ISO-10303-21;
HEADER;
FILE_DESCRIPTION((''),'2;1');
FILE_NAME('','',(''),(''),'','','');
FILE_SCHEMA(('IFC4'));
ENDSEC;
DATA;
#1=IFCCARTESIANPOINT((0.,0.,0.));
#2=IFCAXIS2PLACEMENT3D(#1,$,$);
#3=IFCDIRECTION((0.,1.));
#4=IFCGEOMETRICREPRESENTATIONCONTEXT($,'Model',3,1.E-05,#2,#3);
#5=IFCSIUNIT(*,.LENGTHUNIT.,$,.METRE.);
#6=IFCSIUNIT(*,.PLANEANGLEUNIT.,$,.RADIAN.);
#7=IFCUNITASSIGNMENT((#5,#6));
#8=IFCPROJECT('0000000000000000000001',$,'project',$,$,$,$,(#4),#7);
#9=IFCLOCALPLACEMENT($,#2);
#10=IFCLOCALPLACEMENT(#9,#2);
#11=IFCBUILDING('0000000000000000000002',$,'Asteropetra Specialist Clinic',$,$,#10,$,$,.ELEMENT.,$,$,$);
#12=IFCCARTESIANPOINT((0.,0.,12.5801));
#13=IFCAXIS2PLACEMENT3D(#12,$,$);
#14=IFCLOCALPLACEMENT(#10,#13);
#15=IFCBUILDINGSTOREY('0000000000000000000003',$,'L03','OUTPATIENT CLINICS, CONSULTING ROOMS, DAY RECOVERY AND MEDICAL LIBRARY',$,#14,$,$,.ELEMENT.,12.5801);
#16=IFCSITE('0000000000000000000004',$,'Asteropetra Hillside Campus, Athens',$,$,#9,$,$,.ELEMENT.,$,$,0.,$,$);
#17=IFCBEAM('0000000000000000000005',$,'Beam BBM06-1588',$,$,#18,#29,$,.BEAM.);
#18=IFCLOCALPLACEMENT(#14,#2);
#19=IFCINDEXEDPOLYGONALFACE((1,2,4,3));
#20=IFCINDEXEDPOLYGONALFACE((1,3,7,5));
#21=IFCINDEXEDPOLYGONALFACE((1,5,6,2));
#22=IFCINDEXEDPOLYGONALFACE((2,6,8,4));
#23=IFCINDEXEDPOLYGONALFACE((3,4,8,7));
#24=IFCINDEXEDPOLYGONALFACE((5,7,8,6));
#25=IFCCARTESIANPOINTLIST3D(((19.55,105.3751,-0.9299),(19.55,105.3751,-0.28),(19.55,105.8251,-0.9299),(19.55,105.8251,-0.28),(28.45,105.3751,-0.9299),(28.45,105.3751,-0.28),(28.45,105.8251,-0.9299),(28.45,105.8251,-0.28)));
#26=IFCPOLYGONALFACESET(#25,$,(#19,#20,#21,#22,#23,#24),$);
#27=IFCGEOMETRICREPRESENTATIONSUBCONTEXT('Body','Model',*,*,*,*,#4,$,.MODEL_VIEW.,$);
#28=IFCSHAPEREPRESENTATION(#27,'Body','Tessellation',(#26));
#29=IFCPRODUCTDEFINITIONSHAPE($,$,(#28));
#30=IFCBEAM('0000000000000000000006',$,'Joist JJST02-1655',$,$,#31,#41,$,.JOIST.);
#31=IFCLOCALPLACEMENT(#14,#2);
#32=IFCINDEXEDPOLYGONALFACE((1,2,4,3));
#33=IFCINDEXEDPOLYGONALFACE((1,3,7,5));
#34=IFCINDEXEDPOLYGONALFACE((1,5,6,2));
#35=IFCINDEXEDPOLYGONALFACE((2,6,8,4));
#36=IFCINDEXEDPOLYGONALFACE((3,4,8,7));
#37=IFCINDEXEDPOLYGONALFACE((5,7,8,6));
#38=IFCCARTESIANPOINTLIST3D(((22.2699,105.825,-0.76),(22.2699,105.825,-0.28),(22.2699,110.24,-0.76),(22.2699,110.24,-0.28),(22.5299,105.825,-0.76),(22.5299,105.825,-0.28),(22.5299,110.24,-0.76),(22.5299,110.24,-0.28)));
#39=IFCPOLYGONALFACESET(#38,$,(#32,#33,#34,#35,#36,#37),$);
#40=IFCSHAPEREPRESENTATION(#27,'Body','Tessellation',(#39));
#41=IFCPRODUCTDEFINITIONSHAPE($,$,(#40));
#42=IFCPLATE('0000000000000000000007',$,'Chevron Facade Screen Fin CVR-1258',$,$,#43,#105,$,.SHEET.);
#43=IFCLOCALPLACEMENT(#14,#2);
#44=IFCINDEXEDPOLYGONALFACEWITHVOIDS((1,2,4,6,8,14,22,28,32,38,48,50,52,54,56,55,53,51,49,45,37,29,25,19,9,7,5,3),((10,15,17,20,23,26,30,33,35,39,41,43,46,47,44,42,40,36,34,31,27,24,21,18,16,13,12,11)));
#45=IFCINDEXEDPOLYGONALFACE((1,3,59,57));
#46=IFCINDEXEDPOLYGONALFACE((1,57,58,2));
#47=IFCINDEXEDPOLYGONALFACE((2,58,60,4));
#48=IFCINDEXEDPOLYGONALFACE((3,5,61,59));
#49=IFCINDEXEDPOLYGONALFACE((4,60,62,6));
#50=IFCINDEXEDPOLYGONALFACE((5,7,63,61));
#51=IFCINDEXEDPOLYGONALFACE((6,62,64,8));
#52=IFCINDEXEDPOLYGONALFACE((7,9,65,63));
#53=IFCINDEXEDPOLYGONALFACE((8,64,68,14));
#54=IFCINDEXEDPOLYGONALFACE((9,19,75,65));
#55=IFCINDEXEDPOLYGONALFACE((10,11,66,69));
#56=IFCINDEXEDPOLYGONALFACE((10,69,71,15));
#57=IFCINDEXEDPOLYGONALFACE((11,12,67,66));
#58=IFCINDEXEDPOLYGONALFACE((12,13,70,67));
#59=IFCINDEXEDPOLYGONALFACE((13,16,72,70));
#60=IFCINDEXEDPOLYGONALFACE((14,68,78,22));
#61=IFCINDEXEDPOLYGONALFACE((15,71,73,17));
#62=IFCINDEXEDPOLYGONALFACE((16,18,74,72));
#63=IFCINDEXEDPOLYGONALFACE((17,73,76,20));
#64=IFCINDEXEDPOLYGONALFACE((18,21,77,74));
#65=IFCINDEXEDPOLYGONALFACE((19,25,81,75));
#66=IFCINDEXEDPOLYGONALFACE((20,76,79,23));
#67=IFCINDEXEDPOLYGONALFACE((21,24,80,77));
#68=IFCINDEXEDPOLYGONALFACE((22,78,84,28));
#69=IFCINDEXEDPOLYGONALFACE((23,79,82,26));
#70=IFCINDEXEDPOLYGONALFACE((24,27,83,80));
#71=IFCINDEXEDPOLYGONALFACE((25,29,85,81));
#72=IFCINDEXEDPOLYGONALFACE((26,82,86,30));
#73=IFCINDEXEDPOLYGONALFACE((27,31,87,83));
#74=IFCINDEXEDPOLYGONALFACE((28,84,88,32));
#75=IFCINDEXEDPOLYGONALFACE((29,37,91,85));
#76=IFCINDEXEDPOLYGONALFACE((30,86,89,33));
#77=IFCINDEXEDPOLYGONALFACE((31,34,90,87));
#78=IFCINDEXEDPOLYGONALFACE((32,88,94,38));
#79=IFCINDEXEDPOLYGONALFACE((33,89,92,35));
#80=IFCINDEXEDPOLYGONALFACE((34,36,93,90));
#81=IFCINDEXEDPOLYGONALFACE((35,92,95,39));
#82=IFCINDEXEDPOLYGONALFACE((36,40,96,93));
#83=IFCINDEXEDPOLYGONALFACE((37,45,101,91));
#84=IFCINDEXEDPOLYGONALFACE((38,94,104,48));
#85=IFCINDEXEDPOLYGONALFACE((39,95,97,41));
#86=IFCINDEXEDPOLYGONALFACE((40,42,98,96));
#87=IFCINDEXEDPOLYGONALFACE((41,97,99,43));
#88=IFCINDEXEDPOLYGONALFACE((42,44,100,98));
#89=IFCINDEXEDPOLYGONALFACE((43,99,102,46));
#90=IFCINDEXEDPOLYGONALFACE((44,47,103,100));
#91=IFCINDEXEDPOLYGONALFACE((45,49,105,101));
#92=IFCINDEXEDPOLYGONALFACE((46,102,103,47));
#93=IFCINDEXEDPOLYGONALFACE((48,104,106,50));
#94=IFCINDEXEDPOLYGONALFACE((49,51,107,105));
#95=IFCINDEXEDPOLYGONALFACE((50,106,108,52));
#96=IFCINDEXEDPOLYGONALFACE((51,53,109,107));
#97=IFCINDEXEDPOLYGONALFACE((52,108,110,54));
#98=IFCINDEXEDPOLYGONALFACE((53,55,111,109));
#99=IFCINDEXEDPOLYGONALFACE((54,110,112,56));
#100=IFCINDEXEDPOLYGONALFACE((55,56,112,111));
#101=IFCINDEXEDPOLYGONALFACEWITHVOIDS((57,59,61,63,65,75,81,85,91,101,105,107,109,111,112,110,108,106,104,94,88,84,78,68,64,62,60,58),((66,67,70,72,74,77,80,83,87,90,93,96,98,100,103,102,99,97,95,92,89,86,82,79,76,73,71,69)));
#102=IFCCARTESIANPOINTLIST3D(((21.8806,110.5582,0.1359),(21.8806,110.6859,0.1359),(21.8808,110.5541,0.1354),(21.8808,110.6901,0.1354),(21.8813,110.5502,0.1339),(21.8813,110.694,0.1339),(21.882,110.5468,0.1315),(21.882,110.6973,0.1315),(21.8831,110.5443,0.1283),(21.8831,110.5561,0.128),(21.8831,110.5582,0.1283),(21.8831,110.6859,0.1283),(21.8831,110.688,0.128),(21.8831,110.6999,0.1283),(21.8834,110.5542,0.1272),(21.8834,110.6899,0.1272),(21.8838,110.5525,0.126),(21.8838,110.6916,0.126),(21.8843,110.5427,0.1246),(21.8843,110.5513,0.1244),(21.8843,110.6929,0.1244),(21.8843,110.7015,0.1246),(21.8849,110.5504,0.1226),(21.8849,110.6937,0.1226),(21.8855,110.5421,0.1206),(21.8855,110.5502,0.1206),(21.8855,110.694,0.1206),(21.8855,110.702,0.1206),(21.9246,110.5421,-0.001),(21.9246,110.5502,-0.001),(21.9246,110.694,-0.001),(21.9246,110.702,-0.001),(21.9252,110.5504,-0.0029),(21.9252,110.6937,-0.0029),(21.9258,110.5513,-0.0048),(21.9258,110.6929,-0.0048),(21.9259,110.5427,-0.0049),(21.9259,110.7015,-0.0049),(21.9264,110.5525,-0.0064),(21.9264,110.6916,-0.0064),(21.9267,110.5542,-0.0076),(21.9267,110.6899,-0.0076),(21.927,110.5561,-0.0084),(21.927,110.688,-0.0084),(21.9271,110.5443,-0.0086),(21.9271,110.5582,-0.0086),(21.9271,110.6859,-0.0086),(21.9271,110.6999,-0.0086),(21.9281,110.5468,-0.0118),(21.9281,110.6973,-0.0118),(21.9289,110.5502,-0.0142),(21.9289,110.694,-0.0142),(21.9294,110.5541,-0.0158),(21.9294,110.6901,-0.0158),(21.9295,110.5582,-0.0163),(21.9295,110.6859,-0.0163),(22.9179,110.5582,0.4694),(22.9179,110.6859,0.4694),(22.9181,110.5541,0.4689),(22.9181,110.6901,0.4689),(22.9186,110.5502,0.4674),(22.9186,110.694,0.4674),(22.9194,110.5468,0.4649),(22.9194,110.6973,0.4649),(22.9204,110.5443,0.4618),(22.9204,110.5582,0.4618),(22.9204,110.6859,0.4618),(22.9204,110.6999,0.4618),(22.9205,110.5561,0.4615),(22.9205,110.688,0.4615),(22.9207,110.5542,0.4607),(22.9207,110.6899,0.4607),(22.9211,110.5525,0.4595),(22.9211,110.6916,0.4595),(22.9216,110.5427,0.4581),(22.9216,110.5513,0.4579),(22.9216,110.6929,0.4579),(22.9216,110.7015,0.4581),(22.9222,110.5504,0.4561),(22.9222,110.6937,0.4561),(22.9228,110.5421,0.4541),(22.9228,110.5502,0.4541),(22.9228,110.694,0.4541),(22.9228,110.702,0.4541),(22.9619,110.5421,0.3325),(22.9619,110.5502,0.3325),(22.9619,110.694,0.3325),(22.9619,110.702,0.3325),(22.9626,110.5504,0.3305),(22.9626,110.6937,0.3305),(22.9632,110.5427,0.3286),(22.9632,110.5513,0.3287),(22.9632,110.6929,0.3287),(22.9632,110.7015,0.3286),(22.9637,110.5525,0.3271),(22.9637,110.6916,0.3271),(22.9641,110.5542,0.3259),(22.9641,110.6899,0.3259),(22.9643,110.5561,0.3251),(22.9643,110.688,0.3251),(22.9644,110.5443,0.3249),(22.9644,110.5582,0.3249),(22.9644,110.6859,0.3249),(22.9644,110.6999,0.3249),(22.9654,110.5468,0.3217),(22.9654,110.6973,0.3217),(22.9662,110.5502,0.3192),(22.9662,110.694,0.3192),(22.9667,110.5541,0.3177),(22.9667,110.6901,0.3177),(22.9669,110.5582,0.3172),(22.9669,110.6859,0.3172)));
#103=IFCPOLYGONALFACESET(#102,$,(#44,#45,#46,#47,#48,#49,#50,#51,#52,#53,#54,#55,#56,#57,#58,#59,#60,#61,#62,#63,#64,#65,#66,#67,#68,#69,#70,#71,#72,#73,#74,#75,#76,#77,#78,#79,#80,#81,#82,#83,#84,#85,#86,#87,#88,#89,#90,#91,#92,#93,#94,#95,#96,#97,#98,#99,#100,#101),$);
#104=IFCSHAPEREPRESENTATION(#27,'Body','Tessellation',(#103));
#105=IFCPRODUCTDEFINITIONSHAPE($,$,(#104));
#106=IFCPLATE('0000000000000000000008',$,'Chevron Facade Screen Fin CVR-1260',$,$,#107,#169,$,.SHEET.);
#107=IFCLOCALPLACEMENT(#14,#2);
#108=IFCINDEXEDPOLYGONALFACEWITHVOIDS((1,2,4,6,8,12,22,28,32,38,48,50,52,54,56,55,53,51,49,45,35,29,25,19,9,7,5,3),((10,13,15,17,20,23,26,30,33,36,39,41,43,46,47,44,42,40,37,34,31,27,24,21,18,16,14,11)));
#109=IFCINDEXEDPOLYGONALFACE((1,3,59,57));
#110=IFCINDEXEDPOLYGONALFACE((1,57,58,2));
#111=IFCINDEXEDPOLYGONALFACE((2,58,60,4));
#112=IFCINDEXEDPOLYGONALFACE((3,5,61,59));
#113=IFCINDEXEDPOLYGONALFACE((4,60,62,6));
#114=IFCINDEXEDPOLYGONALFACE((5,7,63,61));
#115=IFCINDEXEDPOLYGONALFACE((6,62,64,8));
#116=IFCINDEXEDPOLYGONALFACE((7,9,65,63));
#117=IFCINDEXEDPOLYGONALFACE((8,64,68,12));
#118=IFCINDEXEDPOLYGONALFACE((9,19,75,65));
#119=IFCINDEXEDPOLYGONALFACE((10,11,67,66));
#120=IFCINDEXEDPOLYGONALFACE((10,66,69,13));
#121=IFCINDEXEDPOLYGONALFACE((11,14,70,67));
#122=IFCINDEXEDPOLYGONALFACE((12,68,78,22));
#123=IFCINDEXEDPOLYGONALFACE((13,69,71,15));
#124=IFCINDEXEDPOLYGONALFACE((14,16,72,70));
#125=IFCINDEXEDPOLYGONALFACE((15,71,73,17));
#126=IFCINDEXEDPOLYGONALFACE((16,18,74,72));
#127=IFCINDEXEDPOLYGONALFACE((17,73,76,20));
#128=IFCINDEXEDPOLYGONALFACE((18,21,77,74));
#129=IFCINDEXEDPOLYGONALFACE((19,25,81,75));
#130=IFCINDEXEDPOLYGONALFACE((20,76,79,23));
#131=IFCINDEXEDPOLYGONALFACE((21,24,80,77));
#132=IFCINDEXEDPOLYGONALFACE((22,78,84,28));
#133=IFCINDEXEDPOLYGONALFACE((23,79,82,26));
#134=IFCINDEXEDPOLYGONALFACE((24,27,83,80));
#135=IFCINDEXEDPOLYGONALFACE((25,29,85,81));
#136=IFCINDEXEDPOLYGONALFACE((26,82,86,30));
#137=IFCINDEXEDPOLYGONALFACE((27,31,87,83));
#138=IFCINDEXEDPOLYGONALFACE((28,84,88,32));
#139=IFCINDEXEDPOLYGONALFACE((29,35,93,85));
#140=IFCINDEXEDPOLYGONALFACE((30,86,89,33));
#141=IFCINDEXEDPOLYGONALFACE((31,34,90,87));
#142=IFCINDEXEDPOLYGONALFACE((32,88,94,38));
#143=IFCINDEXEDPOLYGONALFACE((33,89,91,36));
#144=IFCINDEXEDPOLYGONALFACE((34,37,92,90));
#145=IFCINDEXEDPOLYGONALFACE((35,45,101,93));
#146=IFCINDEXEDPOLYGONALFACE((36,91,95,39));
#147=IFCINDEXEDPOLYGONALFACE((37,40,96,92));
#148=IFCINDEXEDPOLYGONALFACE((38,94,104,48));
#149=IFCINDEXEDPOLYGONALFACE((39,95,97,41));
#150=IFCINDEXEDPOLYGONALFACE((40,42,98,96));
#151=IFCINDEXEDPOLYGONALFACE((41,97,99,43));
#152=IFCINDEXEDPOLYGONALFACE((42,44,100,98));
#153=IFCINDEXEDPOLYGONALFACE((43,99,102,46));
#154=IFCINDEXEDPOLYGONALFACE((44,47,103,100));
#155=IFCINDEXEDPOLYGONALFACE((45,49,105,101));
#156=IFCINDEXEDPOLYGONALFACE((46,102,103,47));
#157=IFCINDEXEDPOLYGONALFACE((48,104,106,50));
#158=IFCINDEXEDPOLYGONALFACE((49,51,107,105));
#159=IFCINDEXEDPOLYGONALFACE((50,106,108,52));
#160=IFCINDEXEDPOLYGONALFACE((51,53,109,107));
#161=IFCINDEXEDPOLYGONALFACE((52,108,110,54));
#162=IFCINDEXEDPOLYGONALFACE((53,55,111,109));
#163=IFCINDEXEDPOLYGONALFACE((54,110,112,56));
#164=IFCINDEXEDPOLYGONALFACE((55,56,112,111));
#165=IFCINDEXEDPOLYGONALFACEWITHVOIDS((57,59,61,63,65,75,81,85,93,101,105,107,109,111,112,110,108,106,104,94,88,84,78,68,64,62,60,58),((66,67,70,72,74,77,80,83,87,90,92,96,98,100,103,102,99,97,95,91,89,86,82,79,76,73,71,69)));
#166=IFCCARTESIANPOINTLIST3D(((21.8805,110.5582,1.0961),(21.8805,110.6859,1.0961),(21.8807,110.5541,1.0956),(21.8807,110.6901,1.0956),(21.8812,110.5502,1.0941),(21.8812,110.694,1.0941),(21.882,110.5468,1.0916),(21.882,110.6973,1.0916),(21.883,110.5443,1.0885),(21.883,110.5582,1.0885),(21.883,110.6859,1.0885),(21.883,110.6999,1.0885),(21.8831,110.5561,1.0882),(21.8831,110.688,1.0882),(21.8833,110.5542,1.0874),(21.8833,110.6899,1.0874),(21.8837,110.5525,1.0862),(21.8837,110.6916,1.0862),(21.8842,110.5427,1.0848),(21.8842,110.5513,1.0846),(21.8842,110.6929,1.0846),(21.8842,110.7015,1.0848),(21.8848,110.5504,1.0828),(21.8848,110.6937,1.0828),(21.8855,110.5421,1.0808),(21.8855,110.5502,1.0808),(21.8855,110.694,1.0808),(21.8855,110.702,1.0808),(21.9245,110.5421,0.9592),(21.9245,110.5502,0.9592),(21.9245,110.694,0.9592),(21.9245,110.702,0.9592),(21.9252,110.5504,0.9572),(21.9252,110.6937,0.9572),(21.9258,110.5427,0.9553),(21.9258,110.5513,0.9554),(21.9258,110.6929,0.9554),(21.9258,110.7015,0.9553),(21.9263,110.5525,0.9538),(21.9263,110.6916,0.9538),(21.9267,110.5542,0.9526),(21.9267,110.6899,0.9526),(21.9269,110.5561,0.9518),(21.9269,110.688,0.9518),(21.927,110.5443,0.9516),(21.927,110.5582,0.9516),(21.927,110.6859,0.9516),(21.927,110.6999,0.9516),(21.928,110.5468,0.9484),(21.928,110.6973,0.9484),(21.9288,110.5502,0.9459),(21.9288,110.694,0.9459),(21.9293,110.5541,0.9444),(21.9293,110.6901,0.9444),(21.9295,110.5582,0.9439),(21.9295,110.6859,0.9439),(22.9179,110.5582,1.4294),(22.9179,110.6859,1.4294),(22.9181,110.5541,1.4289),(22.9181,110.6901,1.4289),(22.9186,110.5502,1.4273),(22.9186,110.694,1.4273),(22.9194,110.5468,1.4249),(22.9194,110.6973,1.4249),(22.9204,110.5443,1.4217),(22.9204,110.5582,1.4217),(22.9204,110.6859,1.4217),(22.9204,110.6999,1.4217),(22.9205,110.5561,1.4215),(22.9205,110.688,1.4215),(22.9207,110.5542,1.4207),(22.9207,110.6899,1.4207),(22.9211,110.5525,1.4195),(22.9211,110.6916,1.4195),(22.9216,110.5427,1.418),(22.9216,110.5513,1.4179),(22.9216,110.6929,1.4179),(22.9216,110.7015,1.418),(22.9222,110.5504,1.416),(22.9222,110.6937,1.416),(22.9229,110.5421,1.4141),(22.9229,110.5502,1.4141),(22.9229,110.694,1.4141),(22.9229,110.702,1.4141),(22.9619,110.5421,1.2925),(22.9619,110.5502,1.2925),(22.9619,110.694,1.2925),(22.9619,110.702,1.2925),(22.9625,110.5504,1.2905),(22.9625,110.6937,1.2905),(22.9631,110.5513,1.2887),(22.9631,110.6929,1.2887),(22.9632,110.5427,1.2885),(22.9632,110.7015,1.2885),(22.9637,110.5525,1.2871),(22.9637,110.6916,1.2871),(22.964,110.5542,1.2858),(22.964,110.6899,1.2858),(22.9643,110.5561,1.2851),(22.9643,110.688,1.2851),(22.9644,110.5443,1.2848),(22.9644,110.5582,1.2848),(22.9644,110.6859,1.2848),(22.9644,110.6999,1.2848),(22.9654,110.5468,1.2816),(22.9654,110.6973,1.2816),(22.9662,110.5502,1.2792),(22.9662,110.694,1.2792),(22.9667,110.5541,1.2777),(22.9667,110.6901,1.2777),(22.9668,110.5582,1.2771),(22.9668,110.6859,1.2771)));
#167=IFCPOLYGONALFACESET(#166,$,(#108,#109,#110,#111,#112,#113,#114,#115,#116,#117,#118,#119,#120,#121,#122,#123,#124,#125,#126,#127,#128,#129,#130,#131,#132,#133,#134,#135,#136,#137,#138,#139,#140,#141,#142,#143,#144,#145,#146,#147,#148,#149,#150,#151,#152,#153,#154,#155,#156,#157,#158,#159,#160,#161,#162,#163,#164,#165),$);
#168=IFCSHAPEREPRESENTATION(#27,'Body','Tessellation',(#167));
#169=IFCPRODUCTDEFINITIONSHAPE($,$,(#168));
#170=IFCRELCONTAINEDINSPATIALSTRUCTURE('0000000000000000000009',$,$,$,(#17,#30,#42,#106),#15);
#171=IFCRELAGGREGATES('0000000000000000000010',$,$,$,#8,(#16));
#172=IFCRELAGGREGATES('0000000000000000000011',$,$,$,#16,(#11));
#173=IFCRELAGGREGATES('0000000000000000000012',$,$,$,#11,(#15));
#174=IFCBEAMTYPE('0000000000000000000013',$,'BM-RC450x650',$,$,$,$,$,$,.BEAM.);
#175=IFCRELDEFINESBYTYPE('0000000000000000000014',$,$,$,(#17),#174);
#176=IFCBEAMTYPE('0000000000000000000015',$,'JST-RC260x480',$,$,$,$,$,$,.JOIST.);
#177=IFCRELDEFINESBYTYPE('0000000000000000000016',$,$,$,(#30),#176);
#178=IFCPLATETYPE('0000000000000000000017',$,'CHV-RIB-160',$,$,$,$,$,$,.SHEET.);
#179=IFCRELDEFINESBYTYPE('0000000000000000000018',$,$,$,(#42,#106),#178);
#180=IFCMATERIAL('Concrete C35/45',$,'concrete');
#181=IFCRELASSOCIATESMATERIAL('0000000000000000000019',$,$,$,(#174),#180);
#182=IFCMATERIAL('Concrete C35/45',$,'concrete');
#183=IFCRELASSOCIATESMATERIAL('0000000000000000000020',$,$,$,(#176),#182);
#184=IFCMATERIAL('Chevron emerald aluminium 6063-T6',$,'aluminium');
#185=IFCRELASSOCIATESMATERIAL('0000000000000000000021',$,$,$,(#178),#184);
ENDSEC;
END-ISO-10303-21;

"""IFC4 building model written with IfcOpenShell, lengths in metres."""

from ifc_helpers import new_model, si_unit, direction, frame, origin, origin_2d, place, context, subcontext, project, spatial, rectangle, hollow_rectangle, extrude, material, material_profile, profile_set, type_object, element, save


model = new_model("IFC4")

# Units and contexts
model_context = context("Model", 3, precision=1e-05, world=origin(), true_north=direction((0.0, 1.0)))
body_context = subcontext(model_context, "Body", "Model", "MODEL_VIEW")
ifc_project = project(units=[si_unit("LENGTHUNIT", "METRE"), si_unit("PLANEANGLEUNIT", "RADIAN")], contexts=[model_context])

# Site, building, storey
site_placement = place(None, origin())
site = spatial("IfcSite", under=ifc_project, at=site_placement, Name="Asteropetra Hillside Campus, Athens", CompositionType="ELEMENT", RefElevation=0.0)
building_placement = place(site_placement, origin())
building = spatial("IfcBuilding", under=site, at=building_placement, Name="Asteropetra Specialist Clinic", CompositionType="ELEMENT")
storey_placement = place(building_placement, frame((0.0, 0.0, 12.5801)))
storey = spatial("IfcBuildingStorey", under=building, at=storey_placement, Name="L03", Description="OUTPATIENT CLINICS, CONSULTING ROOMS, DAY RECOVERY AND MEDICAL LIBRARY", CompositionType="ELEMENT", Elevation=12.5801)

# Beams
ifc_material_1 = material(Name="Concrete C35/45", Category="concrete")
ifc_material_profile_1 = material_profile(ifc_material_1, rectangle(XDim=0.45, YDim=0.6499, at=origin_2d()), Name="RCB 450x650")
ifc_profile_set_1 = profile_set([ifc_material_profile_1], Name="Concrete C35/45")
beam_type_1 = type_object("IfcBeamType", Name="BM-RC450x650", PredefinedType="BEAM", material=ifc_profile_set_1)
beam_1_placement = place(storey_placement, frame((19.55, 105.6001, -0.605), z_axis=(1.0, 0.0, 0.0), x_axis=(0.0, 1.0, 0.0)))
element("IfcBeam", 1, at=beam_1_placement, inside=storey, type_object=beam_type_1, Name="Beam BBM06-1588", PredefinedType="BEAM", context=body_context, shape_type="SweptSolid", body=[
    extrude(rectangle(XDim=0.45, YDim=0.6499, at=origin_2d()), origin(), (0.0, 0.0, 1.0), 8.8999),
])
ifc_material_2 = material(Name="Concrete C35/45", Category="concrete")
ifc_material_profile_2 = material_profile(ifc_material_2, rectangle(XDim=0.26, YDim=0.48, at=origin_2d()), Name="RCJ 260x480")
ifc_profile_set_2 = profile_set([ifc_material_profile_2], Name="Concrete C35/45")
beam_type_2 = type_object("IfcBeamType", Name="JST-RC260x480", PredefinedType="JOIST", material=ifc_profile_set_2)
beam_2_placement = place(storey_placement, frame((22.3999, 105.825, -0.52), z_axis=(0.0, 1.0, 0.0), x_axis=(-1.0, 0.0, 0.0)))
element("IfcBeam", 2, at=beam_2_placement, inside=storey, type_object=beam_type_2, Name="Joist JJST02-1655", PredefinedType="JOIST", context=body_context, shape_type="SweptSolid", body=[
    extrude(rectangle(XDim=0.26, YDim=0.48, at=origin_2d()), origin(), (0.0, 0.0, 1.0), 4.415),
])

# Plates
ifc_material_3 = material(Name="Chevron emerald aluminium 6063-T6", Category="aluminium")
ifc_material_profile_3 = material_profile(ifc_material_3, hollow_rectangle(XDim=0.1599, YDim=0.1599, WallThickness=0.0081, InnerFilletRadius=0.0081, OuterFilletRadius=0.0161, at=origin_2d()), Name="SHS 160x160x8.0")
ifc_profile_set_3 = profile_set([ifc_material_profile_3], Name="Chevron emerald aluminium 6063-T6")
plate_type_1 = type_object("IfcPlateType", Name="CHV-RIB-160", PredefinedType="SHEET", material=ifc_profile_set_3)
for number, where, z_axis, x_axis, name in (
    (3, (22.9424, 110.6221, 0.3933), (-0.952012, 0.0, -0.30606), (0.0, -1.0, 0.0), "Chevron Facade Screen Fin CVR-1258"),
    (4, (22.9424, 110.6221, 1.3533), (-0.952078, 0.0, -0.305857), (0.0, -1.0, 0.0), "Chevron Facade Screen Fin CVR-1260"),
):
    element("IfcPlate", number, at=place(storey_placement, frame(where, z_axis=z_axis, x_axis=x_axis)), inside=storey, type_object=plate_type_1, Name=name, PredefinedType="SHEET", context=body_context, shape_type="SweptSolid", body=[
        extrude(hollow_rectangle(XDim=0.1599, YDim=0.1599, WallThickness=0.0081, InnerFilletRadius=0.0081, OuterFilletRadius=0.0161, at=origin_2d()), origin(), (0.0, 0.0, 1.0), 1.0896),
    ])

save(model, "model.ifc")
